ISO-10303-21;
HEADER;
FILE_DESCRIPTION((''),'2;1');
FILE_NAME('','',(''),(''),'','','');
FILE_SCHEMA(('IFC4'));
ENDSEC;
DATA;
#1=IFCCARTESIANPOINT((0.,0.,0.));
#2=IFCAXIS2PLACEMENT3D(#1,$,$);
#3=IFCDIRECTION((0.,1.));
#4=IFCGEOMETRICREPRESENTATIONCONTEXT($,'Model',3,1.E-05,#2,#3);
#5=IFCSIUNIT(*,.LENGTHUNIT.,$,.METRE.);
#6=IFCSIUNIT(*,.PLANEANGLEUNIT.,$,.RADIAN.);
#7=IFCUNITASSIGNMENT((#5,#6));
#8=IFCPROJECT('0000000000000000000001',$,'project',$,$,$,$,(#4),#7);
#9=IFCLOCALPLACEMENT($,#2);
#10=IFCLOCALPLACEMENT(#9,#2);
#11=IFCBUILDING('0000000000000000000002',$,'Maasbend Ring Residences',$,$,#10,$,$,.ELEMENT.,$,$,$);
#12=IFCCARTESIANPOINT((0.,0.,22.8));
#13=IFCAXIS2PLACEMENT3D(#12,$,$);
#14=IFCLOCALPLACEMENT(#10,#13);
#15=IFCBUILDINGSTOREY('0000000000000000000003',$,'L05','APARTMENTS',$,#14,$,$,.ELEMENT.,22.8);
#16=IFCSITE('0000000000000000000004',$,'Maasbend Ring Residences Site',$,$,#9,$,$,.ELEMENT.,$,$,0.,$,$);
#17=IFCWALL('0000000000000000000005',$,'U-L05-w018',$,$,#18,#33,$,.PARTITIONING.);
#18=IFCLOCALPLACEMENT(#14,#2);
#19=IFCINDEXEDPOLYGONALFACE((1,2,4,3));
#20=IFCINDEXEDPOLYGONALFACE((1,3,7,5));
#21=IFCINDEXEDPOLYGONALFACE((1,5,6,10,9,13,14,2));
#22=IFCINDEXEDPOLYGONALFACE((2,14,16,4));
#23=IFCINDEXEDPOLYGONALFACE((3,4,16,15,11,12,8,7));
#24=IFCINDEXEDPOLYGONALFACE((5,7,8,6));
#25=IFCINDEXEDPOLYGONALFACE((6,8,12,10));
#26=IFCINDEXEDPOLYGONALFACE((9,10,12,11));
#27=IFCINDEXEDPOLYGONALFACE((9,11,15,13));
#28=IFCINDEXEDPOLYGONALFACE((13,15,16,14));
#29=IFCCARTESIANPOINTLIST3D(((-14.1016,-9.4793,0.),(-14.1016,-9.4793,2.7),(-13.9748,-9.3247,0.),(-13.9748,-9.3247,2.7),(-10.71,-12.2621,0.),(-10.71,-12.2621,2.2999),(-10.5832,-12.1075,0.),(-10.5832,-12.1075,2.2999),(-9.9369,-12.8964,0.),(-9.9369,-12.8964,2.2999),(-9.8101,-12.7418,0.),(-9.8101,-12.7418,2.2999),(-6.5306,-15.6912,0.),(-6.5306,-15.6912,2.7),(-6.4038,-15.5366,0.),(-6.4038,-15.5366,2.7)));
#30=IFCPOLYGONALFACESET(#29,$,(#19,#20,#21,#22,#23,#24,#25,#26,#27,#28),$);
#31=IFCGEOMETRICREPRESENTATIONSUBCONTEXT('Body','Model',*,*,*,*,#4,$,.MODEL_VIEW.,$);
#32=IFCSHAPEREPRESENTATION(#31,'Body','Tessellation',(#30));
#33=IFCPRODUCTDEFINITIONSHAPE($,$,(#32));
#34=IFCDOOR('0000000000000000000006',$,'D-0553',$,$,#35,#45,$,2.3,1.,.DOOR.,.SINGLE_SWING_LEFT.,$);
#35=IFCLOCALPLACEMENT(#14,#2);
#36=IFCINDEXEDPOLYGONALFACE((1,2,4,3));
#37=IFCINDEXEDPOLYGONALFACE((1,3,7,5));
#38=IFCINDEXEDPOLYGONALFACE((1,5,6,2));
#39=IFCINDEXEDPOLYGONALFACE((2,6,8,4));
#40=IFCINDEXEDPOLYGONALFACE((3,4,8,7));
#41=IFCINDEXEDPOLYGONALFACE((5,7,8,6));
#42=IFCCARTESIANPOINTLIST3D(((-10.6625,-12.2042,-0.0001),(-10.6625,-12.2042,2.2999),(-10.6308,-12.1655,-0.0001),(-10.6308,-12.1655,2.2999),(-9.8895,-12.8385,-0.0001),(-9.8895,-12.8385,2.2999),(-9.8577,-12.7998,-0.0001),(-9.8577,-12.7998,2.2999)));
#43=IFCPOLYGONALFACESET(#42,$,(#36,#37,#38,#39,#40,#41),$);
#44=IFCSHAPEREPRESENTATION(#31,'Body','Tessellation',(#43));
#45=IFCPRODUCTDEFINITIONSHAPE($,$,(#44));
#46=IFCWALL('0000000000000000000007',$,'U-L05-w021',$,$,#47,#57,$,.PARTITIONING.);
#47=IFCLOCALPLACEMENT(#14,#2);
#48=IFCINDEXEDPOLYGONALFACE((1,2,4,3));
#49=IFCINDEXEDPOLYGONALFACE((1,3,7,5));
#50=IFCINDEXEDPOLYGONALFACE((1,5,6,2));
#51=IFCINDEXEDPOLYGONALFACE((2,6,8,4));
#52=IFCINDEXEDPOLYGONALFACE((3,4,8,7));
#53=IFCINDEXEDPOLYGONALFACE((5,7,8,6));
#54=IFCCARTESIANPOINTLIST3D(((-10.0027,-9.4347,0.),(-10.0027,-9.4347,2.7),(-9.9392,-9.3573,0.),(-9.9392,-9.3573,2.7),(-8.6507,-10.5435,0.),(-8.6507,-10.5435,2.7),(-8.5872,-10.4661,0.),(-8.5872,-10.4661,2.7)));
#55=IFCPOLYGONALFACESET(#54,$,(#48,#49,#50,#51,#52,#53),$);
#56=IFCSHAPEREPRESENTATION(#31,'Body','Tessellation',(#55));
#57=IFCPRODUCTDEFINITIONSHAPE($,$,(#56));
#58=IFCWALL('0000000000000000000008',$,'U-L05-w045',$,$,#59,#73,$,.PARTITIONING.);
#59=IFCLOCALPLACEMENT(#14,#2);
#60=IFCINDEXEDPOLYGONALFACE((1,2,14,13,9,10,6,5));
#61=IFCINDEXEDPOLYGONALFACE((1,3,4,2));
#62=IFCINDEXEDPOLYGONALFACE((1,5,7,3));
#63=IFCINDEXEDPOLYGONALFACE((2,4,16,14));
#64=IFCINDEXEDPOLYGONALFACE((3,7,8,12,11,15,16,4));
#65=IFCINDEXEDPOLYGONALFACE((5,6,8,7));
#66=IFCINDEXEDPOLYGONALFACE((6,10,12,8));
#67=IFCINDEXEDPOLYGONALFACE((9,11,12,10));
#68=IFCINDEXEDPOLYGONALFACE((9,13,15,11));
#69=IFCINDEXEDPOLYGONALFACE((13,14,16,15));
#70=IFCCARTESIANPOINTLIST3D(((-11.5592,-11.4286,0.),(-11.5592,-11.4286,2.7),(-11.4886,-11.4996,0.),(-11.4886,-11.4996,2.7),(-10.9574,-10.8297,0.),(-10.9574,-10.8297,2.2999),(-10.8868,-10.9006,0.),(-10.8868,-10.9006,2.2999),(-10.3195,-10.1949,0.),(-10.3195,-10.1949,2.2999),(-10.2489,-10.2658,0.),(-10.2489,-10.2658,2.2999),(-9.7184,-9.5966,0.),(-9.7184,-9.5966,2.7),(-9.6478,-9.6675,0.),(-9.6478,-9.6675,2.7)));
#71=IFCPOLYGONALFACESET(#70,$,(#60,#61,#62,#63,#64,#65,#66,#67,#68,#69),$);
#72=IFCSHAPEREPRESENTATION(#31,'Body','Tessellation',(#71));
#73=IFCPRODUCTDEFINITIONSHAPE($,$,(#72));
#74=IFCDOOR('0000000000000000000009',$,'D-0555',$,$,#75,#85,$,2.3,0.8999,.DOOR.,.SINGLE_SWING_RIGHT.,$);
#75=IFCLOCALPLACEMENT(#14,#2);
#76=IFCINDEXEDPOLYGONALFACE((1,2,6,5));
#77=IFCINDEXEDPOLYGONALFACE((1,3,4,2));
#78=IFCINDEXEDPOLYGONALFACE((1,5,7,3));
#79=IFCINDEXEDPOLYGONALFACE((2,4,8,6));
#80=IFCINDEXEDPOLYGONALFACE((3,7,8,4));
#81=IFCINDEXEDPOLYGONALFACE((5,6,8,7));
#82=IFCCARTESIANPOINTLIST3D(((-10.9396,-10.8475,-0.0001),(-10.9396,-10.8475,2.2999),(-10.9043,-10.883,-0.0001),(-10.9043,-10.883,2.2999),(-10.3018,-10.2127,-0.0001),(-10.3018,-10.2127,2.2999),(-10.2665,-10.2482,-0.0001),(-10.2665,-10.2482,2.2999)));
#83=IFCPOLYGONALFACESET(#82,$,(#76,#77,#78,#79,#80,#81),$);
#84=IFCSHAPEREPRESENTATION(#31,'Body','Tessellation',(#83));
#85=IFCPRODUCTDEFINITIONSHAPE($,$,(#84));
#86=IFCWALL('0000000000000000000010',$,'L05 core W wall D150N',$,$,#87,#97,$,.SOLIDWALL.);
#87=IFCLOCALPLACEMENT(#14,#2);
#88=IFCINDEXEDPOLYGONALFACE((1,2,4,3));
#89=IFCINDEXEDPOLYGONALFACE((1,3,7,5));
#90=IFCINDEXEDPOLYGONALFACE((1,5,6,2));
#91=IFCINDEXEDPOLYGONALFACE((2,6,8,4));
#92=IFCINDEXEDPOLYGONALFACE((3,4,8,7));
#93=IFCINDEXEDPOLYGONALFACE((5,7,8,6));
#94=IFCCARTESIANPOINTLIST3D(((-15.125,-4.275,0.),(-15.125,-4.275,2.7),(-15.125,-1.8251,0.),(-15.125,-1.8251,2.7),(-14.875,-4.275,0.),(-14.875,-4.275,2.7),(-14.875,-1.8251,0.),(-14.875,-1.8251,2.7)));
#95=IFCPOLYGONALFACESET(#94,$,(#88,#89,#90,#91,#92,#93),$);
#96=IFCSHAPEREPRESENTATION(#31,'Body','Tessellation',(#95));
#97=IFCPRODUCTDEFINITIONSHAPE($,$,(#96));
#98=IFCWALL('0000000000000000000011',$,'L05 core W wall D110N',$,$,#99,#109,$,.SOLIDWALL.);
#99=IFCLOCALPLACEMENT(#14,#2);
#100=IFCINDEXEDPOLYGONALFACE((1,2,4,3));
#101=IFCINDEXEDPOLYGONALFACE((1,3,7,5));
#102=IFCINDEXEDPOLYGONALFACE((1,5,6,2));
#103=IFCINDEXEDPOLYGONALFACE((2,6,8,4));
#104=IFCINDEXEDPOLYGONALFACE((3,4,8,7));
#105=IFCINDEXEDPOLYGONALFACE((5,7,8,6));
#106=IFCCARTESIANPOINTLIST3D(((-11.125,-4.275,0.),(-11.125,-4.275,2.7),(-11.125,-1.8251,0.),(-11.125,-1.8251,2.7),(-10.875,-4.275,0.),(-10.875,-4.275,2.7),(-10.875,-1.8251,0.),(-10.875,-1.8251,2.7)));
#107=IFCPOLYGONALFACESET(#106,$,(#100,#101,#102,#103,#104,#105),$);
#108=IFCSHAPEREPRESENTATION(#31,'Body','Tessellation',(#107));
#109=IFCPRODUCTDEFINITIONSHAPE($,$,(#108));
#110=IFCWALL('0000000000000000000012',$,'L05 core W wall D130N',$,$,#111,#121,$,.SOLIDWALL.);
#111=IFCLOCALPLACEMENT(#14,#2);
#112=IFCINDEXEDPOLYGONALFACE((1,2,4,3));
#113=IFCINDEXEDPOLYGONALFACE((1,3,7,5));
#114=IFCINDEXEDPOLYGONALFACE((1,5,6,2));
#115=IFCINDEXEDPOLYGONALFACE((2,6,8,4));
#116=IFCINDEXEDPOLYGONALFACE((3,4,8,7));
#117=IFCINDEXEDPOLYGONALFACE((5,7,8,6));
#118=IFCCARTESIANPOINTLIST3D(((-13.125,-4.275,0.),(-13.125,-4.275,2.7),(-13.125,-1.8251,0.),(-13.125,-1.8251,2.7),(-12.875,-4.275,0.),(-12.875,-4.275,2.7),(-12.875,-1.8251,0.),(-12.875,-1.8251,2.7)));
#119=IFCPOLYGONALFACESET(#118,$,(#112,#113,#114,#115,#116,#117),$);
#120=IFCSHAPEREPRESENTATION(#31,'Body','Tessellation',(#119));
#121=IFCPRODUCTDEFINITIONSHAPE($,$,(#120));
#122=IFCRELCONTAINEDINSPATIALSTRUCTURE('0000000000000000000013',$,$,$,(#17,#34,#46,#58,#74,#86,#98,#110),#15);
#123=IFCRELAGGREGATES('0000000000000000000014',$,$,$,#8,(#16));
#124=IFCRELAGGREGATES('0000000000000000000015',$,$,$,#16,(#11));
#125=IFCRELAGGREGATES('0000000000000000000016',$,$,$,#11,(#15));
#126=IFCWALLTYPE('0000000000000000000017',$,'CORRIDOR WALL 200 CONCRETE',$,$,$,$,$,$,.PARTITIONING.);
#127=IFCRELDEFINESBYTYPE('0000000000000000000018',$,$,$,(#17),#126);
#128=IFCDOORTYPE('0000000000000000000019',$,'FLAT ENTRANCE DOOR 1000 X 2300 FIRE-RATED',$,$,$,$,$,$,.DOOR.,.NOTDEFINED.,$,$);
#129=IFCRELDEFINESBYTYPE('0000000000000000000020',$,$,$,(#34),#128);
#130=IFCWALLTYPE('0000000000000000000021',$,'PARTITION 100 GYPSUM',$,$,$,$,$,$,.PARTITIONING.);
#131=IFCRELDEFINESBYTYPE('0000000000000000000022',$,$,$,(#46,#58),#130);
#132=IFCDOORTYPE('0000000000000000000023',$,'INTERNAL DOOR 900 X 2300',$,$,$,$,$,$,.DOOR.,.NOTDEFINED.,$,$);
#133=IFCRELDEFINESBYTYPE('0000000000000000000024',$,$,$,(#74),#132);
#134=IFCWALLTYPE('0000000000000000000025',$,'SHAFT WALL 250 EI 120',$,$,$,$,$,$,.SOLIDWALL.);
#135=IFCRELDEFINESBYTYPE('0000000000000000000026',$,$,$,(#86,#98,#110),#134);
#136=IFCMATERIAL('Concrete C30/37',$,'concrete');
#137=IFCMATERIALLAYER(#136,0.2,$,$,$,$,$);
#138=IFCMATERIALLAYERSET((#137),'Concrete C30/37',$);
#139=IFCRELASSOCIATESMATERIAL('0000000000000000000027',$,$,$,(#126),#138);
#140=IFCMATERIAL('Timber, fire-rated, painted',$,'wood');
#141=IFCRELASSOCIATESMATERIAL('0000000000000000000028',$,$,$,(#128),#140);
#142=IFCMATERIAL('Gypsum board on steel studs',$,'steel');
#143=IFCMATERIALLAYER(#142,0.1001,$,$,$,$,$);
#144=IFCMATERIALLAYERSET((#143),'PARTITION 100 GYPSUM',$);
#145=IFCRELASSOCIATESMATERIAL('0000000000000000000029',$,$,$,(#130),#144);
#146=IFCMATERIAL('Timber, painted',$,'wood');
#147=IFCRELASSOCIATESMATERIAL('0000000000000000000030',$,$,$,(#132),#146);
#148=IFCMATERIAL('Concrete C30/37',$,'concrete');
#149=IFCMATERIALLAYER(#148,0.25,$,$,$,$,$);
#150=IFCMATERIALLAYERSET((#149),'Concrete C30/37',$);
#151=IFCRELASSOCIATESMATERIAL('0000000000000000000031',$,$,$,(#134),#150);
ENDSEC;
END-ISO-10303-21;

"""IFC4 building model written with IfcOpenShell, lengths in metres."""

from ifc_helpers import new_model, si_unit, direction, frame, frame_2d, origin, place, context, subcontext, project, spatial, rectangle, extrude, material, layer, layer_set, type_object, element, fill, save


model = new_model("IFC4")

# Units and contexts
model_context = context("Model", 3, precision=1e-05, world=origin(), true_north=direction((0.0, 1.0)))
body_context = subcontext(model_context, "Body", "Model", "MODEL_VIEW")
ifc_project = project(units=[si_unit("LENGTHUNIT", "METRE"), si_unit("PLANEANGLEUNIT", "RADIAN")], contexts=[model_context])

# Site, building, storey
site_placement = place(None, origin())
site = spatial("IfcSite", under=ifc_project, at=site_placement, Name="Maasbend Ring Residences Site", CompositionType="ELEMENT", RefElevation=0.0)
building_placement = place(site_placement, origin())
building = spatial("IfcBuilding", under=site, at=building_placement, Name="Maasbend Ring Residences", CompositionType="ELEMENT")
storey_placement = place(building_placement, frame((0.0, 0.0, 22.8)))
storey = spatial("IfcBuildingStorey", under=building, at=storey_placement, Name="L05", Description="APARTMENTS", CompositionType="ELEMENT", Elevation=22.8)

# Wall, opening, door
ifc_material_1 = material(Name="Concrete C30/37", Category="concrete")
ifc_layer_1 = layer(ifc_material_1, 0.2)
ifc_layer_set_1 = layer_set([ifc_layer_1], Name="Concrete C30/37")
wall_type_1 = type_object("IfcWallType", Name="CORRIDOR WALL 200 CONCRETE", PredefinedType="PARTITIONING", material=ifc_layer_set_1)
ifc_material_2 = material(Name="Timber, fire-rated, painted", Category="wood")
door_type_1 = type_object("IfcDoorType", Name="FLAT ENTRANCE DOOR 1000 X 2300 FIRE-RATED", OperationType="NOTDEFINED", PredefinedType="DOOR", material=ifc_material_2)
wall_1_placement = place(storey_placement, frame((-14.0381, -9.4021, 0.0), z_axis=(0.0, 0.0, 1.0), x_axis=(0.773085, -0.634303, 0.0)))
wall_1 = element("IfcWall", 1, at=wall_1_placement, inside=storey, type_object=wall_type_1, Name="U-L05-w018", PredefinedType="PARTITIONING", context=body_context, shape_type="SweptSolid", body=[
    extrude(rectangle(XDim=9.7932, YDim=0.2, at=frame_2d((4.8965, 0.0))), origin(), (0.0, 0.0, 1.0), 2.7),
])
opening_1_placement = place(wall_1_placement, frame((4.387, 0.0, 0.0)))
opening_1 = element("IfcOpeningElement", 2, at=opening_1_placement, cuts=wall_1, PredefinedType="OPENING", context=body_context, shape_type="SweptSolid", body=[
    extrude(rectangle(XDim=1.0, YDim=2.3, at=frame_2d((0.5, 1.1499))), frame((0.0, 0.1099, 0.0), z_axis=(0.0, -1.0, 0.0), x_axis=(1.0, 0.0, 0.0)), (0.0, 0.0, 1.0), 0.22),
])
door_1_placement = place(opening_1_placement, origin())
door_1 = element("IfcDoor", 3, at=door_1_placement, inside=storey, type_object=door_type_1, Name="D-0553", OperationType="SINGLE_SWING_LEFT", OverallHeight=2.3, OverallWidth=1.0, PredefinedType="DOOR", context=body_context, shape_type="SweptSolid", body=[
    extrude(rectangle(XDim=1.0, YDim=2.3, at=frame_2d((0.5, 1.1499))), frame((0.0, 0.0249, 0.0), z_axis=(0.0, -1.0, 0.0), x_axis=(1.0, 0.0, 0.0)), (0.0, 0.0, 1.0), 0.05),
])
fill(opening_1, door_1)

# Wall
ifc_material_3 = material(Name="Gypsum board on steel studs", Category="steel")
ifc_layer_2 = layer(ifc_material_3, 0.1001)
ifc_layer_set_2 = layer_set([ifc_layer_2], Name="PARTITION 100 GYPSUM")
wall_type_2 = type_object("IfcWallType", Name="PARTITION 100 GYPSUM", PredefinedType="PARTITIONING", material=ifc_layer_set_2)
wall_2_placement = place(storey_placement, frame((-9.9709, -9.396, 0.0), z_axis=(0.0, 0.0, 1.0), x_axis=(0.77321, -0.63415, 0.0)))
element("IfcWall", 4, at=wall_2_placement, inside=storey, type_object=wall_type_2, Name="U-L05-w021", PredefinedType="PARTITIONING", context=body_context, shape_type="SweptSolid", body=[
    extrude(rectangle(XDim=1.7485, YDim=0.1001, at=frame_2d((0.8743, 0.0))), origin(), (0.0, 0.0, 1.0), 2.7),
])

# Wall, opening, door
wall_3_placement = place(storey_placement, frame((-11.5239, -11.4641, 0.0), z_axis=(0.0, 0.0, 1.0), x_axis=(0.708797, 0.705413, 0.0)))
wall_3 = element("IfcWall", 5, at=wall_3_placement, inside=storey, type_object=wall_type_2, Name="U-L05-w045", PredefinedType="PARTITIONING", context=body_context, shape_type="SweptSolid", body=[
    extrude(rectangle(XDim=2.5972, YDim=0.1001, at=frame_2d((1.2986, 0.0))), origin(), (0.0, 0.0, 1.0), 2.7),
])
opening_2_placement = place(wall_3_placement, frame((0.8491, 0.0, 0.0)))
opening_2 = element("IfcOpeningElement", 6, at=opening_2_placement, cuts=wall_3, PredefinedType="OPENING", context=body_context, shape_type="SweptSolid", body=[
    extrude(rectangle(XDim=0.8999, YDim=2.3, at=frame_2d((0.45, 1.1499))), frame((0.0, 0.0601, 0.0), z_axis=(0.0, -1.0, 0.0), x_axis=(1.0, 0.0, 0.0)), (0.0, 0.0, 1.0), 0.1201),
])
ifc_material_4 = material(Name="Timber, painted", Category="wood")
door_type_2 = type_object("IfcDoorType", Name="INTERNAL DOOR 900 X 2300", OperationType="NOTDEFINED", PredefinedType="DOOR", material=ifc_material_4)
door_2_placement = place(opening_2_placement, origin())
door_2 = element("IfcDoor", 7, at=door_2_placement, inside=storey, type_object=door_type_2, Name="D-0555", OperationType="SINGLE_SWING_RIGHT", OverallHeight=2.3, OverallWidth=0.8999, PredefinedType="DOOR", context=body_context, shape_type="SweptSolid", body=[
    extrude(rectangle(XDim=0.8999, YDim=2.3, at=frame_2d((0.45, 1.1499))), frame((0.0, 0.0249, 0.0), z_axis=(0.0, -1.0, 0.0), x_axis=(1.0, 0.0, 0.0)), (0.0, 0.0, 1.0), 0.05),
])
fill(opening_2, door_2)

# Walls
ifc_material_5 = material(Name="Concrete C30/37", Category="concrete")
ifc_layer_3 = layer(ifc_material_5, 0.25)
ifc_layer_set_3 = layer_set([ifc_layer_3], Name="Concrete C30/37")
wall_type_3 = type_object("IfcWallType", Name="SHAFT WALL 250 EI 120", PredefinedType="SOLIDWALL", material=ifc_layer_set_3)
for number, where, z_axis, x_axis, name in (
    (8, (-15.0, -1.825, 0.0), (0.0, 0.0, 1.0), (0.0, -1.0, 0.0), "L05 core W wall D150N"),
    (9, (-11.0, -1.825, 0.0), (0.0, 0.0, 1.0), (0.0, -1.0, 0.0), "L05 core W wall D110N"),
    (10, (-13.0, -1.825, 0.0), (0.0, 0.0, 1.0), (0.0, -1.0, 0.0), "L05 core W wall D130N"),
):
    element("IfcWall", number, at=place(storey_placement, frame(where, z_axis=z_axis, x_axis=x_axis)), inside=storey, type_object=wall_type_3, Name=name, PredefinedType="SOLIDWALL", context=body_context, shape_type="SweptSolid", body=[
        extrude(rectangle(XDim=2.45, YDim=0.25, at=frame_2d((1.2251, 0.0))), origin(), (0.0, 0.0, 1.0), 2.7),
    ])

save(model, "model.ifc")
